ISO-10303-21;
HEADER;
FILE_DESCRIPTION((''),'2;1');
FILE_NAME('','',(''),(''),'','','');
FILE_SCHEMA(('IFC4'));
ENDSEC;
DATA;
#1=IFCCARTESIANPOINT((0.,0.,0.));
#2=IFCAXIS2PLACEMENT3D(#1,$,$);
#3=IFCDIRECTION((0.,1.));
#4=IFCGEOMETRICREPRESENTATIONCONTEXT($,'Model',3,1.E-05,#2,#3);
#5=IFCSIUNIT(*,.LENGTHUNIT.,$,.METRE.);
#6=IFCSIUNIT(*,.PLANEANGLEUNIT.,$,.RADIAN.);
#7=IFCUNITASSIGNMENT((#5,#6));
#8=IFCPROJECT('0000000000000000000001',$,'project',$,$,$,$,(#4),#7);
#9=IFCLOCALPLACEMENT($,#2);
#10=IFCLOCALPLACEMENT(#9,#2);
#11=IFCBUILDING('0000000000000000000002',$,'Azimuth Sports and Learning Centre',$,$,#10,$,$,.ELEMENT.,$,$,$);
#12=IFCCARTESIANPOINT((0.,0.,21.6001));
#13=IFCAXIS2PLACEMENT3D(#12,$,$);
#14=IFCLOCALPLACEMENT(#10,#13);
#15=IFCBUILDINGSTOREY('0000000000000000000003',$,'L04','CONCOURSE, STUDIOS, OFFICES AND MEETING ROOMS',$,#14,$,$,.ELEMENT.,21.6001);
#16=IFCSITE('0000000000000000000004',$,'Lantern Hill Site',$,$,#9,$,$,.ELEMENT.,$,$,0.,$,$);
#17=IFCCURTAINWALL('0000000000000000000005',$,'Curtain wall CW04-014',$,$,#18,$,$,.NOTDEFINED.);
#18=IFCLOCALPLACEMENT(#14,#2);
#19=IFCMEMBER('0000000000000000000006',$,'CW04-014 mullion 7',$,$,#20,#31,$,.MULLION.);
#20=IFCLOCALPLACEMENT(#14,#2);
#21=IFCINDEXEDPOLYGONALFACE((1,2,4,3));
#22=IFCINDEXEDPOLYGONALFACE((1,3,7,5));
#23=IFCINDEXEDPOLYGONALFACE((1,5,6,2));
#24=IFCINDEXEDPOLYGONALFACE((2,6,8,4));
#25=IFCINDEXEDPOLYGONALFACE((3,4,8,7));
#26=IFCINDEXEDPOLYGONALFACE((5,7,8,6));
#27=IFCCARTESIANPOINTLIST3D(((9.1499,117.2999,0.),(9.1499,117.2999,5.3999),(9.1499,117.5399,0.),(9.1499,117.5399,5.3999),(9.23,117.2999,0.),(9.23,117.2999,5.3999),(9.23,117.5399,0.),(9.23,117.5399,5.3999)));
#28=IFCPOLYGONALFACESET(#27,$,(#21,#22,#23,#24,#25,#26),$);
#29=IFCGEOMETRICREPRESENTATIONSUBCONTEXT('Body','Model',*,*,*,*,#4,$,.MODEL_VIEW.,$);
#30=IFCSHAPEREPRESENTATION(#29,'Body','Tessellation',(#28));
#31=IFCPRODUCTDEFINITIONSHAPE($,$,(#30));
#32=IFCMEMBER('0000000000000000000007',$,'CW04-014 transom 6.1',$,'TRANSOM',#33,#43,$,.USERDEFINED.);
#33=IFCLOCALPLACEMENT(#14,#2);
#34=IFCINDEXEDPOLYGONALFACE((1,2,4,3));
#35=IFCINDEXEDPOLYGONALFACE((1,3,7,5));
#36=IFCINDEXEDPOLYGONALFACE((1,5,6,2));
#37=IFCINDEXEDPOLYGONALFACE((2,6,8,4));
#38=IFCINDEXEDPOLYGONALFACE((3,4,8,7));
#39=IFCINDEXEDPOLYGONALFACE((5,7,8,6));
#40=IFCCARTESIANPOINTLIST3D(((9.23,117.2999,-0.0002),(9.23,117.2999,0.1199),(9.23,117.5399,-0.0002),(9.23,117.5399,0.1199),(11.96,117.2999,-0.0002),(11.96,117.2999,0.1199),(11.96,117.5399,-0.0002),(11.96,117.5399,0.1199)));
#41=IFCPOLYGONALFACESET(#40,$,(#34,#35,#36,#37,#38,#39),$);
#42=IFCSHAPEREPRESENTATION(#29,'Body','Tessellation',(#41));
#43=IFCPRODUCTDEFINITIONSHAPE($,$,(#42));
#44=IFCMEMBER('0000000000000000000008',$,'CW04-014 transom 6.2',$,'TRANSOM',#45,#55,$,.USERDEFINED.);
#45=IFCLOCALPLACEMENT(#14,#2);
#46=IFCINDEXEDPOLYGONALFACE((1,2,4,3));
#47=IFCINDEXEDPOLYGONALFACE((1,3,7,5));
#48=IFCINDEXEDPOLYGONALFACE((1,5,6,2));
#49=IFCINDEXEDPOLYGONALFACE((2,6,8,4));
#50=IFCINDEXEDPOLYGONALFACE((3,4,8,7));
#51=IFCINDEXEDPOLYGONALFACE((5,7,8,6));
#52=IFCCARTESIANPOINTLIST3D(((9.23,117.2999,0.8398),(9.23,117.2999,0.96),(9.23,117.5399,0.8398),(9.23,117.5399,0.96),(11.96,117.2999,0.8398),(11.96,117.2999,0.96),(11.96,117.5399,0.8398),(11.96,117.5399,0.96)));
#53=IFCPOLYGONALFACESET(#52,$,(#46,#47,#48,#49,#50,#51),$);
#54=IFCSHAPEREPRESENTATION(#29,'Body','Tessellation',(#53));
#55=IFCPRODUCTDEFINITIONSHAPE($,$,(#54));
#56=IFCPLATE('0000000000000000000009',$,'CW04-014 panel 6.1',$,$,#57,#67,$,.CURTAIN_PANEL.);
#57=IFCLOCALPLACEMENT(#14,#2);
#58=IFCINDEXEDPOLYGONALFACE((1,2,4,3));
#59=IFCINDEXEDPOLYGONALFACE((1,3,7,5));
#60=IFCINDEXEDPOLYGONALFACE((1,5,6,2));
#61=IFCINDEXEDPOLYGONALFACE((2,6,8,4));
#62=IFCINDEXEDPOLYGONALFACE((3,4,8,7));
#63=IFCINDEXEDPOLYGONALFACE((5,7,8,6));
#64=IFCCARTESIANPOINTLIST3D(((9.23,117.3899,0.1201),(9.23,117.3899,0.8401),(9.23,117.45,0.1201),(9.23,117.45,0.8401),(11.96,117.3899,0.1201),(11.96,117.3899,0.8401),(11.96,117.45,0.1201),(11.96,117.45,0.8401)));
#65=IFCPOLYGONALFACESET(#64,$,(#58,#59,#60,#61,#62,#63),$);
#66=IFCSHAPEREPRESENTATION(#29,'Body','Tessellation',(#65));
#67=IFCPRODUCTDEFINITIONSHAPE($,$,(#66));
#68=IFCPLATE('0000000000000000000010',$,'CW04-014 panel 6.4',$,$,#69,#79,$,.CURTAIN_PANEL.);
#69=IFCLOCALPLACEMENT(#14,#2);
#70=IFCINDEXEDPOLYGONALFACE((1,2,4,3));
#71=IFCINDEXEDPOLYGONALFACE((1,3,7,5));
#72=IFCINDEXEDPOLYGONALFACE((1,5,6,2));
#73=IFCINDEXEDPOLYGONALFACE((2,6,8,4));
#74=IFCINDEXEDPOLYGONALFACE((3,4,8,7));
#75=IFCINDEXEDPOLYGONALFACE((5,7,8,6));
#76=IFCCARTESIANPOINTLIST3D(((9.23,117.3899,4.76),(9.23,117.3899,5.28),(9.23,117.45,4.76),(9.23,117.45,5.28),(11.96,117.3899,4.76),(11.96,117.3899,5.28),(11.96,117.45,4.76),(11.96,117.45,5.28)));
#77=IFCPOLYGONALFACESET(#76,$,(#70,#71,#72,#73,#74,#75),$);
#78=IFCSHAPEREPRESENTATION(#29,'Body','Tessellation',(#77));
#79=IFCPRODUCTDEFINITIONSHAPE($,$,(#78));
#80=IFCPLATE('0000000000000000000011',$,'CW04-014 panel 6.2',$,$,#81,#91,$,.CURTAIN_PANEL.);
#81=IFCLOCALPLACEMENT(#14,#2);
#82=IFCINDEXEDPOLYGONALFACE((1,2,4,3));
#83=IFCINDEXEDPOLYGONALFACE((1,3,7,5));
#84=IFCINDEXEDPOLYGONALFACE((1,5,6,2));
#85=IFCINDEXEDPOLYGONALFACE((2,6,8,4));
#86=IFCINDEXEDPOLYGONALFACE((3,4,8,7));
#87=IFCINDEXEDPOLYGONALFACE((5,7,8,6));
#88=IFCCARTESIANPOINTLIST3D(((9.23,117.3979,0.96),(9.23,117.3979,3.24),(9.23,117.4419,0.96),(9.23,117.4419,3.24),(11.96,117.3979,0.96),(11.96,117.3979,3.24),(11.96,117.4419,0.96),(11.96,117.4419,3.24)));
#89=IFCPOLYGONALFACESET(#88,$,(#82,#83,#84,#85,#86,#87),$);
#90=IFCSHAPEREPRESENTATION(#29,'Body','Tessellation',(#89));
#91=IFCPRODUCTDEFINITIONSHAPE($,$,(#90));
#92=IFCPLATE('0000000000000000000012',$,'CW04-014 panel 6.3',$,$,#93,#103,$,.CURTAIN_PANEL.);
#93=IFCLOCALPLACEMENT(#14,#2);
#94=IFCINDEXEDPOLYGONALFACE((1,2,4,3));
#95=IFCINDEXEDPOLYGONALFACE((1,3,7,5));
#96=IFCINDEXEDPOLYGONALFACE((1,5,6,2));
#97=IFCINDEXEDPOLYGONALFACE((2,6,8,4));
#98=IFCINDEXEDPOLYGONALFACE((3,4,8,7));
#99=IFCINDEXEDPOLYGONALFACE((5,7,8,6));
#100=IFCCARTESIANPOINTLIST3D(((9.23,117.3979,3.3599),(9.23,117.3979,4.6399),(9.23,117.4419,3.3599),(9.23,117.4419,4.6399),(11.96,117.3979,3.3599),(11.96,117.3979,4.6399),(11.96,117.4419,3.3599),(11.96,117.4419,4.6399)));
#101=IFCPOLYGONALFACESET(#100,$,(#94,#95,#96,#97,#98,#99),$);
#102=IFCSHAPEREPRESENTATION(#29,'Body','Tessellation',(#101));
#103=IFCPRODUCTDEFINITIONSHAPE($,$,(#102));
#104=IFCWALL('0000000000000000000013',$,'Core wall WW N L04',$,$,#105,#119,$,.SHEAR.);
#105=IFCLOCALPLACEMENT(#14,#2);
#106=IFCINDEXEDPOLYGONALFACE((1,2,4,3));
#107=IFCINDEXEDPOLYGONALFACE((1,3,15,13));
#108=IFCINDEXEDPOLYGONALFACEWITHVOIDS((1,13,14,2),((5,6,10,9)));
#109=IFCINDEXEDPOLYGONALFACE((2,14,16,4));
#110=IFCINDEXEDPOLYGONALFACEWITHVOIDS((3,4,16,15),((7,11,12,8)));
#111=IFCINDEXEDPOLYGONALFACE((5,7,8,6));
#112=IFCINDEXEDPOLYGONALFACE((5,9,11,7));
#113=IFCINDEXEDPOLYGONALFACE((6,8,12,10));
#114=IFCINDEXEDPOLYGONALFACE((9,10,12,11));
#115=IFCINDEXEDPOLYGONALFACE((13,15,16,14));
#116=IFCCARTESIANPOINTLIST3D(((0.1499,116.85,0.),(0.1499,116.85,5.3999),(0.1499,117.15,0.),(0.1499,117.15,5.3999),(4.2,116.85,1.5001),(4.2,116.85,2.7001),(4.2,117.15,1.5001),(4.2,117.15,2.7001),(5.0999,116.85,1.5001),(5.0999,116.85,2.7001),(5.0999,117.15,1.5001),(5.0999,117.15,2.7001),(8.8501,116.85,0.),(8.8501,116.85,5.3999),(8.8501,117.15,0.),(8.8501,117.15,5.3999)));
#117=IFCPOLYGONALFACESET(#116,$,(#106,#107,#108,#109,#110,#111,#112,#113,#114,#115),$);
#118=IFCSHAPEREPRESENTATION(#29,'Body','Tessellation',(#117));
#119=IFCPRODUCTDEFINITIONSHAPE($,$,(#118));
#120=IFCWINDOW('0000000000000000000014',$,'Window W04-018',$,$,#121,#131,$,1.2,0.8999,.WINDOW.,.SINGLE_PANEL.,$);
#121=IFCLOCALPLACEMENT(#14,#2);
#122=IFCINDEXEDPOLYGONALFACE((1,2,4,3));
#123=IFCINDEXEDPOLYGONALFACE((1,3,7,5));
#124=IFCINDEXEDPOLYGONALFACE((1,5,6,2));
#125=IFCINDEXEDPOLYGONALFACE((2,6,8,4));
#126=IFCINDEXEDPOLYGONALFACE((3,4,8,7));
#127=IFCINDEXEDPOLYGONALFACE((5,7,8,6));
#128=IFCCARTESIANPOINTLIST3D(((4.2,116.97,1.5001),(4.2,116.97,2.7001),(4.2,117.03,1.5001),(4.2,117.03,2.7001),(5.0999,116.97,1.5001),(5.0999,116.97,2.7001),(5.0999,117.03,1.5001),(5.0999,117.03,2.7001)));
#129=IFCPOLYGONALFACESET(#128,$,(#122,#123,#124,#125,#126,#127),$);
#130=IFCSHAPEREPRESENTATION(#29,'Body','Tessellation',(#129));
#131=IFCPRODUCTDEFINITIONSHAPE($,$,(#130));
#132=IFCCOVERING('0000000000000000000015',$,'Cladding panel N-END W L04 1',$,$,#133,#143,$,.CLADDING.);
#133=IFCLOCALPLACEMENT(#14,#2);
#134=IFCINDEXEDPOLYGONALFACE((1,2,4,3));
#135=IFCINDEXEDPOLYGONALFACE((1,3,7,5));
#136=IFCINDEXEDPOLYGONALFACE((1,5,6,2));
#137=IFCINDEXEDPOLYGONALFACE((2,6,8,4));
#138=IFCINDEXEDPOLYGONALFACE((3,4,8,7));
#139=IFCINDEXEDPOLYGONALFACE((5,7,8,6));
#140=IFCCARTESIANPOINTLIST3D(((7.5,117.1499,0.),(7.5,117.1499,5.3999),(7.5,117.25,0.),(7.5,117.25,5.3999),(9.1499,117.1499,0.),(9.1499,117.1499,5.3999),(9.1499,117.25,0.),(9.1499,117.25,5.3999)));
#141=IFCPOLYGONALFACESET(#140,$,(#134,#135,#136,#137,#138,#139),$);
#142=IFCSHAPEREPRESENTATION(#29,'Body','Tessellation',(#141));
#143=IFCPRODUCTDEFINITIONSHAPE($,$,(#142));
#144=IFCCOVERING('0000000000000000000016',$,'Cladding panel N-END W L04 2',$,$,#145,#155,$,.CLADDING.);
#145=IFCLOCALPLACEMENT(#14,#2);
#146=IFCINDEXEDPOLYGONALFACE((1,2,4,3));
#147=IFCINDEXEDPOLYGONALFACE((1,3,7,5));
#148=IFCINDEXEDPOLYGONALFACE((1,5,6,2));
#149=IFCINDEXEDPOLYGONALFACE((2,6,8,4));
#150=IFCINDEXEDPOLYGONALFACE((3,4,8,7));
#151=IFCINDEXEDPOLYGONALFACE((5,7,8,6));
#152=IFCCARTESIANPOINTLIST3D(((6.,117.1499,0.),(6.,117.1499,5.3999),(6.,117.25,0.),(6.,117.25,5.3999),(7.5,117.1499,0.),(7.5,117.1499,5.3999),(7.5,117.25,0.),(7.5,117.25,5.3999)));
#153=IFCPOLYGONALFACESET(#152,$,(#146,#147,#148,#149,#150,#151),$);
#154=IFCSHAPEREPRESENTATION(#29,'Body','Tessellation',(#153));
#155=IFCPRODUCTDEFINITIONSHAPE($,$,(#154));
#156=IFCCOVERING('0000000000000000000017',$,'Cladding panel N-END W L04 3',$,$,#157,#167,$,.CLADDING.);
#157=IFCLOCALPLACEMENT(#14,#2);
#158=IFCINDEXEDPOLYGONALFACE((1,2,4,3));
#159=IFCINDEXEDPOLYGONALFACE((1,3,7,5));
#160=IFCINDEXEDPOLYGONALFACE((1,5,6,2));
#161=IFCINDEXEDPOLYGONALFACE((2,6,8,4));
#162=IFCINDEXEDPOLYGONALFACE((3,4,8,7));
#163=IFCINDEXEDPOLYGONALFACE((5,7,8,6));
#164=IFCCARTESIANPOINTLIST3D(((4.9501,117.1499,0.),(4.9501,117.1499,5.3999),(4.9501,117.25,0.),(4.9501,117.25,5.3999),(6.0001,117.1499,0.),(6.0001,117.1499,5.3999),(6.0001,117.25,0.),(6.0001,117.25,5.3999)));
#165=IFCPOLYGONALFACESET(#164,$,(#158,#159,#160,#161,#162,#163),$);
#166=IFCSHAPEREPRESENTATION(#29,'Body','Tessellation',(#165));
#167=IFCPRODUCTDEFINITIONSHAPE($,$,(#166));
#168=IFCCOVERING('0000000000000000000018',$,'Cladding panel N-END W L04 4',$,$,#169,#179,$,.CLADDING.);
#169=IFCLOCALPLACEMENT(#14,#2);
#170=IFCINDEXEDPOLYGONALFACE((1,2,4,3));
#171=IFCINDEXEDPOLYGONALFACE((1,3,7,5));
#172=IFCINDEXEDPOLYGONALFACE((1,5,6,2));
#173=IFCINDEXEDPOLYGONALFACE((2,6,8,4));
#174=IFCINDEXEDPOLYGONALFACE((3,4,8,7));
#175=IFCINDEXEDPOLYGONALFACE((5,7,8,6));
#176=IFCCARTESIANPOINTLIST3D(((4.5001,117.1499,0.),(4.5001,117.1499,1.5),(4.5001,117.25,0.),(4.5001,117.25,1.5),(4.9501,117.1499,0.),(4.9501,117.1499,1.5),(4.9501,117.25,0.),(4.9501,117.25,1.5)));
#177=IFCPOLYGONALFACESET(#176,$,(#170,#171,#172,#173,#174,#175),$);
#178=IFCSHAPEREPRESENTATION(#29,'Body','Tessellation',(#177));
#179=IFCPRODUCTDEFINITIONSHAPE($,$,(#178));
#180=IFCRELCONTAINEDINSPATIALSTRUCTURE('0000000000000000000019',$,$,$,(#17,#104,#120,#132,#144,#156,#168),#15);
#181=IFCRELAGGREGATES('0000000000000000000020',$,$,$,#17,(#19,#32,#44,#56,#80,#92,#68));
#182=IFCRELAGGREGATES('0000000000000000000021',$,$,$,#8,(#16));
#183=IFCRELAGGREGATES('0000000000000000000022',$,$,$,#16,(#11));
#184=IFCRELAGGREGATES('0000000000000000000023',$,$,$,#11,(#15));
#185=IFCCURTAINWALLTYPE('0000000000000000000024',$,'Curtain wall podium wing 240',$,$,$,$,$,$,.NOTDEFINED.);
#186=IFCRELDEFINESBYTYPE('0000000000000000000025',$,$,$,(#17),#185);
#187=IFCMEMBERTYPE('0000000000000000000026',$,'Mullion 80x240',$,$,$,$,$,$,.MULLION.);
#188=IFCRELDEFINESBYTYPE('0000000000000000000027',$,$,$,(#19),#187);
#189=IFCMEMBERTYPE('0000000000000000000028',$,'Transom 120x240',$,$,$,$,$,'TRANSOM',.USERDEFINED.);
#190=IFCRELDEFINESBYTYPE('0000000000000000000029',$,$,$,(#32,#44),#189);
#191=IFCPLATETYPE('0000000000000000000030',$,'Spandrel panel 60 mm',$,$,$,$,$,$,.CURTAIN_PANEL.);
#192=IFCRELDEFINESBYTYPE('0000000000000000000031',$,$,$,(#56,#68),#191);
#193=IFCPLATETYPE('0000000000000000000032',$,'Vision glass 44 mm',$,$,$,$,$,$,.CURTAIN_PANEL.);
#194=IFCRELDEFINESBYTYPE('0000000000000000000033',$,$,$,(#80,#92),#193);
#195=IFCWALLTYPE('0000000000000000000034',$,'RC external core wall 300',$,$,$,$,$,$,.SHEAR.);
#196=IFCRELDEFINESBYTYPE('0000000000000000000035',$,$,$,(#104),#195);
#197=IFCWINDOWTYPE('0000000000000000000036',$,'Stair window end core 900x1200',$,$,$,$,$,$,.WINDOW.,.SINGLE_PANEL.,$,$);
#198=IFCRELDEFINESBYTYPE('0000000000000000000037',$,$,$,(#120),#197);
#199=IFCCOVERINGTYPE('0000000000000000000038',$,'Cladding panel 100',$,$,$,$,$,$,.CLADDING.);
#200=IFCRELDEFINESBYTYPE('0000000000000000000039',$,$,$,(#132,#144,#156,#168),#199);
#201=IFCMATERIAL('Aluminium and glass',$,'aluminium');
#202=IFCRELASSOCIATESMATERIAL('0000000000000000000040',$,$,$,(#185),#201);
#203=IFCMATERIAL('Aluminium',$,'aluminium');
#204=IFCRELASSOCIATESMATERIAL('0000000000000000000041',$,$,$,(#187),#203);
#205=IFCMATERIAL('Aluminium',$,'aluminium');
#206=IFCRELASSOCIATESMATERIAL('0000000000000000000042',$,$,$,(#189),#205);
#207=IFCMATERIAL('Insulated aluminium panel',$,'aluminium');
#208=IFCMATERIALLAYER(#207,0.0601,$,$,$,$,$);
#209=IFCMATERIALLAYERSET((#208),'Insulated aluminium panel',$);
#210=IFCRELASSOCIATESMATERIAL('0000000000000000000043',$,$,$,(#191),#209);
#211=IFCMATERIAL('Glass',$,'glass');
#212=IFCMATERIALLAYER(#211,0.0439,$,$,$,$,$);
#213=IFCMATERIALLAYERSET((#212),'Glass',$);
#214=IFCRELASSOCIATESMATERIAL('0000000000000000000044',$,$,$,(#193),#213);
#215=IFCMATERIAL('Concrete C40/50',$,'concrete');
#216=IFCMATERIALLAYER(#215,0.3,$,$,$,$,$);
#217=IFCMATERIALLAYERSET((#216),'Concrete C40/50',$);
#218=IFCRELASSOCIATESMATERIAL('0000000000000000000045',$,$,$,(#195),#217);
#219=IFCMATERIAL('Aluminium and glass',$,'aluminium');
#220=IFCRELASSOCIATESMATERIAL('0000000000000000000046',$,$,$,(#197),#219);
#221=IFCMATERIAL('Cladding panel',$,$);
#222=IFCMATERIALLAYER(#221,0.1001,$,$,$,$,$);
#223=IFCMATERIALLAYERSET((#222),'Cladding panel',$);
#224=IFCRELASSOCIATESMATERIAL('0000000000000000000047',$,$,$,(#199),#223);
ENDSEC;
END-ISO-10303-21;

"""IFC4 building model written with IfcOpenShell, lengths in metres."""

from ifc_helpers import new_model, si_unit, direction, frame, frame_2d, origin, origin_2d, place, context, subcontext, project, spatial, rectangle, extrude, material, layer, layer_set, material_profile, profile_set, type_object, element, fill, aggregate, save


model = new_model("IFC4")

# Units and contexts
model_context = context("Model", 3, precision=1e-05, world=origin(), true_north=direction((0.0, 1.0)))
body_context = subcontext(model_context, "Body", "Model", "MODEL_VIEW")
ifc_project = project(units=[si_unit("LENGTHUNIT", "METRE"), si_unit("PLANEANGLEUNIT", "RADIAN")], contexts=[model_context])

# Site, building, storey
site_placement = place(None, origin())
site = spatial("IfcSite", under=ifc_project, at=site_placement, Name="Lantern Hill Site", CompositionType="ELEMENT", RefElevation=0.0)
building_placement = place(site_placement, origin())
building = spatial("IfcBuilding", under=site, at=building_placement, Name="Azimuth Sports and Learning Centre", CompositionType="ELEMENT")
storey_placement = place(building_placement, frame((0.0, 0.0, 21.6001)))
storey = spatial("IfcBuildingStorey", under=building, at=storey_placement, Name="L04", Description="CONCOURSE, STUDIOS, OFFICES AND MEETING ROOMS", CompositionType="ELEMENT", Elevation=21.6001)

# Curtain wall, members, plates
ifc_material_1 = material(Name="Aluminium and glass", Category="aluminium")
curtain_wall_type = type_object("IfcCurtainWallType", Name="Curtain wall podium wing 240", PredefinedType="NOTDEFINED", material=ifc_material_1)
curtain_wall_placement = place(storey_placement, origin())
curtain_wall = element("IfcCurtainWall", 1, at=curtain_wall_placement, inside=storey, type_object=curtain_wall_type, Name="Curtain wall CW04-014", PredefinedType="NOTDEFINED")
ifc_material_2 = material(Name="Aluminium", Category="aluminium")
ifc_material_profile_1 = material_profile(ifc_material_2, rectangle(XDim=0.24, YDim=0.0801, at=origin_2d()), Name="Mullion 80x240")
ifc_profile_set_1 = profile_set([ifc_material_profile_1], Name="Aluminium")
member_type_1 = type_object("IfcMemberType", Name="Mullion 80x240", PredefinedType="MULLION", material=ifc_profile_set_1)
member_1_placement = place(storey_placement, frame((9.1899, 117.4199, 0.0), z_axis=(0.0, 0.0, 1.0), x_axis=(0.0, -1.0, 0.0)))
member_1 = element("IfcMember", 2, at=member_1_placement, type_object=member_type_1, Name="CW04-014 mullion 7", PredefinedType="MULLION", context=body_context, shape_type="SweptSolid", body=[
    extrude(rectangle(XDim=0.24, YDim=0.0801, at=origin_2d()), origin(), (0.0, 0.0, 1.0), 5.3999),
])
ifc_material_3 = material(Name="Aluminium", Category="aluminium")
ifc_material_profile_2 = material_profile(ifc_material_3, rectangle(XDim=0.24, YDim=0.1201, at=origin_2d()), Name="Transom 120x240")
ifc_profile_set_2 = profile_set([ifc_material_profile_2], Name="Aluminium")
member_type_2 = type_object("IfcMemberType", Name="Transom 120x240", ElementType="TRANSOM", PredefinedType="USERDEFINED", material=ifc_profile_set_2)
member_2_placement = place(storey_placement, frame((11.96, 117.4199, 0.0598), z_axis=(-1.0, 0.0, 0.0), x_axis=(0.0, -1.0, 0.0)))
member_2 = element("IfcMember", 3, at=member_2_placement, type_object=member_type_2, Name="CW04-014 transom 6.1", ObjectType="TRANSOM", PredefinedType="USERDEFINED", context=body_context, shape_type="SweptSolid", body=[
    extrude(rectangle(XDim=0.24, YDim=0.1201, at=origin_2d()), origin(), (0.0, 0.0, 1.0), 2.73),
])
member_3_placement = place(storey_placement, frame((11.96, 117.4199, 0.8999), z_axis=(-1.0, 0.0, 0.0), x_axis=(0.0, -1.0, 0.0)))
member_3 = element("IfcMember", 4, at=member_3_placement, type_object=member_type_2, Name="CW04-014 transom 6.2", ObjectType="TRANSOM", PredefinedType="USERDEFINED", context=body_context, shape_type="SweptSolid", body=[
    extrude(rectangle(XDim=0.24, YDim=0.1201, at=origin_2d()), origin(), (0.0, 0.0, 1.0), 2.73),
])
ifc_material_4 = material(Name="Insulated aluminium panel", Category="aluminium")
ifc_layer_1 = layer(ifc_material_4, 0.0601)
ifc_layer_set_1 = layer_set([ifc_layer_1], Name="Insulated aluminium panel")
plate_type_1 = type_object("IfcPlateType", Name="Spandrel panel 60 mm", PredefinedType="CURTAIN_PANEL", material=ifc_layer_set_1)
plate_1_placement = place(storey_placement, frame((10.595, 117.4199, 0.1201), z_axis=(0.0, 0.0, 1.0), x_axis=(-1.0, 0.0, 0.0)))
plate_1 = element("IfcPlate", 5, at=plate_1_placement, type_object=plate_type_1, Name="CW04-014 panel 6.1", PredefinedType="CURTAIN_PANEL", context=body_context, shape_type="SweptSolid", body=[
    extrude(rectangle(XDim=2.73, YDim=0.0601, at=origin_2d()), origin(), (0.0, 0.0, 1.0), 0.72),
])
plate_2_placement = place(storey_placement, frame((10.595, 117.4199, 4.76), z_axis=(0.0, 0.0, 1.0), x_axis=(-1.0, 0.0, 0.0)))
plate_2 = element("IfcPlate", 6, at=plate_2_placement, type_object=plate_type_1, Name="CW04-014 panel 6.4", PredefinedType="CURTAIN_PANEL", context=body_context, shape_type="SweptSolid", body=[
    extrude(rectangle(XDim=2.73, YDim=0.0601, at=origin_2d()), origin(), (0.0, 0.0, 1.0), 0.52),
])
ifc_material_5 = material(Name="Glass", Category="glass")
ifc_layer_2 = layer(ifc_material_5, 0.0439)
ifc_layer_set_2 = layer_set([ifc_layer_2], Name="Glass")
plate_type_2 = type_object("IfcPlateType", Name="Vision glass 44 mm", PredefinedType="CURTAIN_PANEL", material=ifc_layer_set_2)
plate_3_placement = place(storey_placement, frame((10.595, 117.4199, 0.96), z_axis=(0.0, 0.0, 1.0), x_axis=(-1.0, 0.0, 0.0)))
plate_3 = element("IfcPlate", 7, at=plate_3_placement, type_object=plate_type_2, Name="CW04-014 panel 6.2", PredefinedType="CURTAIN_PANEL", context=body_context, shape_type="SweptSolid", body=[
    extrude(rectangle(XDim=2.73, YDim=0.0439, at=origin_2d()), origin(), (0.0, 0.0, 1.0), 2.28),
])
plate_4_placement = place(storey_placement, frame((10.595, 117.4199, 3.3599), z_axis=(0.0, 0.0, 1.0), x_axis=(-1.0, 0.0, 0.0)))
plate_4 = element("IfcPlate", 8, at=plate_4_placement, type_object=plate_type_2, Name="CW04-014 panel 6.3", PredefinedType="CURTAIN_PANEL", context=body_context, shape_type="SweptSolid", body=[
    extrude(rectangle(XDim=2.73, YDim=0.0439, at=origin_2d()), origin(), (0.0, 0.0, 1.0), 1.28),
])
aggregate(curtain_wall, [member_1, member_2, member_3, plate_1, plate_3, plate_4, plate_2])

# Wall, opening, window
ifc_material_6 = material(Name="Concrete C40/50", Category="concrete")
ifc_layer_3 = layer(ifc_material_6, 0.3)
ifc_layer_set_3 = layer_set([ifc_layer_3], Name="Concrete C40/50")
wall_type = type_object("IfcWallType", Name="RC external core wall 300", PredefinedType="SHEAR", material=ifc_layer_set_3)
wall_placement = place(storey_placement, frame((0.1499, 117.0, 0.0), z_axis=(0.0, 0.0, 1.0), x_axis=(1.0, 0.0, 0.0)))
wall = element("IfcWall", 9, at=wall_placement, inside=storey, type_object=wall_type, Name="Core wall WW N L04", PredefinedType="SHEAR", context=body_context, shape_type="SweptSolid", body=[
    extrude(rectangle(XDim=8.7002, YDim=0.3, at=frame_2d((4.3501, 0.0))), origin(), (0.0, 0.0, 1.0), 5.3999),
])
opening_placement = place(wall_placement, frame((4.05, 0.0, 1.5)))
opening = element("IfcOpeningElement", 10, at=opening_placement, cuts=wall, PredefinedType="OPENING", context=body_context, shape_type="SweptSolid", body=[
    extrude(rectangle(XDim=0.8999, YDim=1.2, at=frame_2d((0.45, 0.6001))), frame((0.0, 0.1611, 0.0), z_axis=(0.0, -1.0, 0.0), x_axis=(1.0, 0.0, 0.0)), (0.0, 0.0, 1.0), 0.322),
])
ifc_material_7 = material(Name="Aluminium and glass", Category="aluminium")
window_type = type_object("IfcWindowType", Name="Stair window end core 900x1200", PartitioningType="SINGLE_PANEL", PredefinedType="WINDOW", material=ifc_material_7)
window_placement = place(opening_placement, origin())
window = element("IfcWindow", 11, at=window_placement, inside=storey, type_object=window_type, Name="Window W04-018", OverallHeight=1.2, OverallWidth=0.8999, PartitioningType="SINGLE_PANEL", PredefinedType="WINDOW", context=body_context, shape_type="SweptSolid", body=[
    extrude(rectangle(XDim=0.8999, YDim=1.2, at=frame_2d((0.45, 0.6001))), frame((0.0, 0.03, 0.0), z_axis=(0.0, -1.0, 0.0), x_axis=(1.0, 0.0, 0.0)), (0.0, 0.0, 1.0), 0.0601),
])
fill(opening, window)

# Coverings
ifc_material_8 = material(Name="Cladding panel")
ifc_layer_4 = layer(ifc_material_8, 0.1001)
ifc_layer_set_4 = layer_set([ifc_layer_4], Name="Cladding panel")
covering_type = type_object("IfcCoveringType", Name="Cladding panel 100", PredefinedType="CLADDING", material=ifc_layer_set_4)
covering_1_placement = place(storey_placement, frame((8.325, 117.2, 0.0), z_axis=(0.0, 0.0, 1.0), x_axis=(-1.0, 0.0, 0.0)))
element("IfcCovering", 12, at=covering_1_placement, inside=storey, type_object=covering_type, Name="Cladding panel N-END W L04 1", PredefinedType="CLADDING", context=body_context, shape_type="SweptSolid", body=[
    extrude(rectangle(XDim=1.6499, YDim=0.1001, at=origin_2d()), origin(), (0.0, 0.0, 1.0), 5.3999),
])
covering_2_placement = place(storey_placement, frame((6.75, 117.2, 0.0), z_axis=(0.0, 0.0, 1.0), x_axis=(-1.0, 0.0, 0.0)))
element("IfcCovering", 13, at=covering_2_placement, inside=storey, type_object=covering_type, Name="Cladding panel N-END W L04 2", PredefinedType="CLADDING", context=body_context, shape_type="SweptSolid", body=[
    extrude(rectangle(XDim=1.5, YDim=0.1001, at=origin_2d()), origin(), (0.0, 0.0, 1.0), 5.3999),
])
covering_3_placement = place(storey_placement, frame((5.4751, 117.2, 0.0), z_axis=(0.0, 0.0, 1.0), x_axis=(-1.0, 0.0, 0.0)))
element("IfcCovering", 14, at=covering_3_placement, inside=storey, type_object=covering_type, Name="Cladding panel N-END W L04 3", PredefinedType="CLADDING", context=body_context, shape_type="SweptSolid", body=[
    extrude(rectangle(XDim=1.05, YDim=0.1001, at=origin_2d()), origin(), (0.0, 0.0, 1.0), 5.3999),
])
covering_4_placement = place(storey_placement, frame((4.7251, 117.2, 0.0), z_axis=(0.0, 0.0, 1.0), x_axis=(-1.0, 0.0, 0.0)))
element("IfcCovering", 15, at=covering_4_placement, inside=storey, type_object=covering_type, Name="Cladding panel N-END W L04 4", PredefinedType="CLADDING", context=body_context, shape_type="SweptSolid", body=[
    extrude(rectangle(XDim=0.45, YDim=0.1001, at=origin_2d()), origin(), (0.0, 0.0, 1.0), 1.5),
])

save(model, "model.ifc")
